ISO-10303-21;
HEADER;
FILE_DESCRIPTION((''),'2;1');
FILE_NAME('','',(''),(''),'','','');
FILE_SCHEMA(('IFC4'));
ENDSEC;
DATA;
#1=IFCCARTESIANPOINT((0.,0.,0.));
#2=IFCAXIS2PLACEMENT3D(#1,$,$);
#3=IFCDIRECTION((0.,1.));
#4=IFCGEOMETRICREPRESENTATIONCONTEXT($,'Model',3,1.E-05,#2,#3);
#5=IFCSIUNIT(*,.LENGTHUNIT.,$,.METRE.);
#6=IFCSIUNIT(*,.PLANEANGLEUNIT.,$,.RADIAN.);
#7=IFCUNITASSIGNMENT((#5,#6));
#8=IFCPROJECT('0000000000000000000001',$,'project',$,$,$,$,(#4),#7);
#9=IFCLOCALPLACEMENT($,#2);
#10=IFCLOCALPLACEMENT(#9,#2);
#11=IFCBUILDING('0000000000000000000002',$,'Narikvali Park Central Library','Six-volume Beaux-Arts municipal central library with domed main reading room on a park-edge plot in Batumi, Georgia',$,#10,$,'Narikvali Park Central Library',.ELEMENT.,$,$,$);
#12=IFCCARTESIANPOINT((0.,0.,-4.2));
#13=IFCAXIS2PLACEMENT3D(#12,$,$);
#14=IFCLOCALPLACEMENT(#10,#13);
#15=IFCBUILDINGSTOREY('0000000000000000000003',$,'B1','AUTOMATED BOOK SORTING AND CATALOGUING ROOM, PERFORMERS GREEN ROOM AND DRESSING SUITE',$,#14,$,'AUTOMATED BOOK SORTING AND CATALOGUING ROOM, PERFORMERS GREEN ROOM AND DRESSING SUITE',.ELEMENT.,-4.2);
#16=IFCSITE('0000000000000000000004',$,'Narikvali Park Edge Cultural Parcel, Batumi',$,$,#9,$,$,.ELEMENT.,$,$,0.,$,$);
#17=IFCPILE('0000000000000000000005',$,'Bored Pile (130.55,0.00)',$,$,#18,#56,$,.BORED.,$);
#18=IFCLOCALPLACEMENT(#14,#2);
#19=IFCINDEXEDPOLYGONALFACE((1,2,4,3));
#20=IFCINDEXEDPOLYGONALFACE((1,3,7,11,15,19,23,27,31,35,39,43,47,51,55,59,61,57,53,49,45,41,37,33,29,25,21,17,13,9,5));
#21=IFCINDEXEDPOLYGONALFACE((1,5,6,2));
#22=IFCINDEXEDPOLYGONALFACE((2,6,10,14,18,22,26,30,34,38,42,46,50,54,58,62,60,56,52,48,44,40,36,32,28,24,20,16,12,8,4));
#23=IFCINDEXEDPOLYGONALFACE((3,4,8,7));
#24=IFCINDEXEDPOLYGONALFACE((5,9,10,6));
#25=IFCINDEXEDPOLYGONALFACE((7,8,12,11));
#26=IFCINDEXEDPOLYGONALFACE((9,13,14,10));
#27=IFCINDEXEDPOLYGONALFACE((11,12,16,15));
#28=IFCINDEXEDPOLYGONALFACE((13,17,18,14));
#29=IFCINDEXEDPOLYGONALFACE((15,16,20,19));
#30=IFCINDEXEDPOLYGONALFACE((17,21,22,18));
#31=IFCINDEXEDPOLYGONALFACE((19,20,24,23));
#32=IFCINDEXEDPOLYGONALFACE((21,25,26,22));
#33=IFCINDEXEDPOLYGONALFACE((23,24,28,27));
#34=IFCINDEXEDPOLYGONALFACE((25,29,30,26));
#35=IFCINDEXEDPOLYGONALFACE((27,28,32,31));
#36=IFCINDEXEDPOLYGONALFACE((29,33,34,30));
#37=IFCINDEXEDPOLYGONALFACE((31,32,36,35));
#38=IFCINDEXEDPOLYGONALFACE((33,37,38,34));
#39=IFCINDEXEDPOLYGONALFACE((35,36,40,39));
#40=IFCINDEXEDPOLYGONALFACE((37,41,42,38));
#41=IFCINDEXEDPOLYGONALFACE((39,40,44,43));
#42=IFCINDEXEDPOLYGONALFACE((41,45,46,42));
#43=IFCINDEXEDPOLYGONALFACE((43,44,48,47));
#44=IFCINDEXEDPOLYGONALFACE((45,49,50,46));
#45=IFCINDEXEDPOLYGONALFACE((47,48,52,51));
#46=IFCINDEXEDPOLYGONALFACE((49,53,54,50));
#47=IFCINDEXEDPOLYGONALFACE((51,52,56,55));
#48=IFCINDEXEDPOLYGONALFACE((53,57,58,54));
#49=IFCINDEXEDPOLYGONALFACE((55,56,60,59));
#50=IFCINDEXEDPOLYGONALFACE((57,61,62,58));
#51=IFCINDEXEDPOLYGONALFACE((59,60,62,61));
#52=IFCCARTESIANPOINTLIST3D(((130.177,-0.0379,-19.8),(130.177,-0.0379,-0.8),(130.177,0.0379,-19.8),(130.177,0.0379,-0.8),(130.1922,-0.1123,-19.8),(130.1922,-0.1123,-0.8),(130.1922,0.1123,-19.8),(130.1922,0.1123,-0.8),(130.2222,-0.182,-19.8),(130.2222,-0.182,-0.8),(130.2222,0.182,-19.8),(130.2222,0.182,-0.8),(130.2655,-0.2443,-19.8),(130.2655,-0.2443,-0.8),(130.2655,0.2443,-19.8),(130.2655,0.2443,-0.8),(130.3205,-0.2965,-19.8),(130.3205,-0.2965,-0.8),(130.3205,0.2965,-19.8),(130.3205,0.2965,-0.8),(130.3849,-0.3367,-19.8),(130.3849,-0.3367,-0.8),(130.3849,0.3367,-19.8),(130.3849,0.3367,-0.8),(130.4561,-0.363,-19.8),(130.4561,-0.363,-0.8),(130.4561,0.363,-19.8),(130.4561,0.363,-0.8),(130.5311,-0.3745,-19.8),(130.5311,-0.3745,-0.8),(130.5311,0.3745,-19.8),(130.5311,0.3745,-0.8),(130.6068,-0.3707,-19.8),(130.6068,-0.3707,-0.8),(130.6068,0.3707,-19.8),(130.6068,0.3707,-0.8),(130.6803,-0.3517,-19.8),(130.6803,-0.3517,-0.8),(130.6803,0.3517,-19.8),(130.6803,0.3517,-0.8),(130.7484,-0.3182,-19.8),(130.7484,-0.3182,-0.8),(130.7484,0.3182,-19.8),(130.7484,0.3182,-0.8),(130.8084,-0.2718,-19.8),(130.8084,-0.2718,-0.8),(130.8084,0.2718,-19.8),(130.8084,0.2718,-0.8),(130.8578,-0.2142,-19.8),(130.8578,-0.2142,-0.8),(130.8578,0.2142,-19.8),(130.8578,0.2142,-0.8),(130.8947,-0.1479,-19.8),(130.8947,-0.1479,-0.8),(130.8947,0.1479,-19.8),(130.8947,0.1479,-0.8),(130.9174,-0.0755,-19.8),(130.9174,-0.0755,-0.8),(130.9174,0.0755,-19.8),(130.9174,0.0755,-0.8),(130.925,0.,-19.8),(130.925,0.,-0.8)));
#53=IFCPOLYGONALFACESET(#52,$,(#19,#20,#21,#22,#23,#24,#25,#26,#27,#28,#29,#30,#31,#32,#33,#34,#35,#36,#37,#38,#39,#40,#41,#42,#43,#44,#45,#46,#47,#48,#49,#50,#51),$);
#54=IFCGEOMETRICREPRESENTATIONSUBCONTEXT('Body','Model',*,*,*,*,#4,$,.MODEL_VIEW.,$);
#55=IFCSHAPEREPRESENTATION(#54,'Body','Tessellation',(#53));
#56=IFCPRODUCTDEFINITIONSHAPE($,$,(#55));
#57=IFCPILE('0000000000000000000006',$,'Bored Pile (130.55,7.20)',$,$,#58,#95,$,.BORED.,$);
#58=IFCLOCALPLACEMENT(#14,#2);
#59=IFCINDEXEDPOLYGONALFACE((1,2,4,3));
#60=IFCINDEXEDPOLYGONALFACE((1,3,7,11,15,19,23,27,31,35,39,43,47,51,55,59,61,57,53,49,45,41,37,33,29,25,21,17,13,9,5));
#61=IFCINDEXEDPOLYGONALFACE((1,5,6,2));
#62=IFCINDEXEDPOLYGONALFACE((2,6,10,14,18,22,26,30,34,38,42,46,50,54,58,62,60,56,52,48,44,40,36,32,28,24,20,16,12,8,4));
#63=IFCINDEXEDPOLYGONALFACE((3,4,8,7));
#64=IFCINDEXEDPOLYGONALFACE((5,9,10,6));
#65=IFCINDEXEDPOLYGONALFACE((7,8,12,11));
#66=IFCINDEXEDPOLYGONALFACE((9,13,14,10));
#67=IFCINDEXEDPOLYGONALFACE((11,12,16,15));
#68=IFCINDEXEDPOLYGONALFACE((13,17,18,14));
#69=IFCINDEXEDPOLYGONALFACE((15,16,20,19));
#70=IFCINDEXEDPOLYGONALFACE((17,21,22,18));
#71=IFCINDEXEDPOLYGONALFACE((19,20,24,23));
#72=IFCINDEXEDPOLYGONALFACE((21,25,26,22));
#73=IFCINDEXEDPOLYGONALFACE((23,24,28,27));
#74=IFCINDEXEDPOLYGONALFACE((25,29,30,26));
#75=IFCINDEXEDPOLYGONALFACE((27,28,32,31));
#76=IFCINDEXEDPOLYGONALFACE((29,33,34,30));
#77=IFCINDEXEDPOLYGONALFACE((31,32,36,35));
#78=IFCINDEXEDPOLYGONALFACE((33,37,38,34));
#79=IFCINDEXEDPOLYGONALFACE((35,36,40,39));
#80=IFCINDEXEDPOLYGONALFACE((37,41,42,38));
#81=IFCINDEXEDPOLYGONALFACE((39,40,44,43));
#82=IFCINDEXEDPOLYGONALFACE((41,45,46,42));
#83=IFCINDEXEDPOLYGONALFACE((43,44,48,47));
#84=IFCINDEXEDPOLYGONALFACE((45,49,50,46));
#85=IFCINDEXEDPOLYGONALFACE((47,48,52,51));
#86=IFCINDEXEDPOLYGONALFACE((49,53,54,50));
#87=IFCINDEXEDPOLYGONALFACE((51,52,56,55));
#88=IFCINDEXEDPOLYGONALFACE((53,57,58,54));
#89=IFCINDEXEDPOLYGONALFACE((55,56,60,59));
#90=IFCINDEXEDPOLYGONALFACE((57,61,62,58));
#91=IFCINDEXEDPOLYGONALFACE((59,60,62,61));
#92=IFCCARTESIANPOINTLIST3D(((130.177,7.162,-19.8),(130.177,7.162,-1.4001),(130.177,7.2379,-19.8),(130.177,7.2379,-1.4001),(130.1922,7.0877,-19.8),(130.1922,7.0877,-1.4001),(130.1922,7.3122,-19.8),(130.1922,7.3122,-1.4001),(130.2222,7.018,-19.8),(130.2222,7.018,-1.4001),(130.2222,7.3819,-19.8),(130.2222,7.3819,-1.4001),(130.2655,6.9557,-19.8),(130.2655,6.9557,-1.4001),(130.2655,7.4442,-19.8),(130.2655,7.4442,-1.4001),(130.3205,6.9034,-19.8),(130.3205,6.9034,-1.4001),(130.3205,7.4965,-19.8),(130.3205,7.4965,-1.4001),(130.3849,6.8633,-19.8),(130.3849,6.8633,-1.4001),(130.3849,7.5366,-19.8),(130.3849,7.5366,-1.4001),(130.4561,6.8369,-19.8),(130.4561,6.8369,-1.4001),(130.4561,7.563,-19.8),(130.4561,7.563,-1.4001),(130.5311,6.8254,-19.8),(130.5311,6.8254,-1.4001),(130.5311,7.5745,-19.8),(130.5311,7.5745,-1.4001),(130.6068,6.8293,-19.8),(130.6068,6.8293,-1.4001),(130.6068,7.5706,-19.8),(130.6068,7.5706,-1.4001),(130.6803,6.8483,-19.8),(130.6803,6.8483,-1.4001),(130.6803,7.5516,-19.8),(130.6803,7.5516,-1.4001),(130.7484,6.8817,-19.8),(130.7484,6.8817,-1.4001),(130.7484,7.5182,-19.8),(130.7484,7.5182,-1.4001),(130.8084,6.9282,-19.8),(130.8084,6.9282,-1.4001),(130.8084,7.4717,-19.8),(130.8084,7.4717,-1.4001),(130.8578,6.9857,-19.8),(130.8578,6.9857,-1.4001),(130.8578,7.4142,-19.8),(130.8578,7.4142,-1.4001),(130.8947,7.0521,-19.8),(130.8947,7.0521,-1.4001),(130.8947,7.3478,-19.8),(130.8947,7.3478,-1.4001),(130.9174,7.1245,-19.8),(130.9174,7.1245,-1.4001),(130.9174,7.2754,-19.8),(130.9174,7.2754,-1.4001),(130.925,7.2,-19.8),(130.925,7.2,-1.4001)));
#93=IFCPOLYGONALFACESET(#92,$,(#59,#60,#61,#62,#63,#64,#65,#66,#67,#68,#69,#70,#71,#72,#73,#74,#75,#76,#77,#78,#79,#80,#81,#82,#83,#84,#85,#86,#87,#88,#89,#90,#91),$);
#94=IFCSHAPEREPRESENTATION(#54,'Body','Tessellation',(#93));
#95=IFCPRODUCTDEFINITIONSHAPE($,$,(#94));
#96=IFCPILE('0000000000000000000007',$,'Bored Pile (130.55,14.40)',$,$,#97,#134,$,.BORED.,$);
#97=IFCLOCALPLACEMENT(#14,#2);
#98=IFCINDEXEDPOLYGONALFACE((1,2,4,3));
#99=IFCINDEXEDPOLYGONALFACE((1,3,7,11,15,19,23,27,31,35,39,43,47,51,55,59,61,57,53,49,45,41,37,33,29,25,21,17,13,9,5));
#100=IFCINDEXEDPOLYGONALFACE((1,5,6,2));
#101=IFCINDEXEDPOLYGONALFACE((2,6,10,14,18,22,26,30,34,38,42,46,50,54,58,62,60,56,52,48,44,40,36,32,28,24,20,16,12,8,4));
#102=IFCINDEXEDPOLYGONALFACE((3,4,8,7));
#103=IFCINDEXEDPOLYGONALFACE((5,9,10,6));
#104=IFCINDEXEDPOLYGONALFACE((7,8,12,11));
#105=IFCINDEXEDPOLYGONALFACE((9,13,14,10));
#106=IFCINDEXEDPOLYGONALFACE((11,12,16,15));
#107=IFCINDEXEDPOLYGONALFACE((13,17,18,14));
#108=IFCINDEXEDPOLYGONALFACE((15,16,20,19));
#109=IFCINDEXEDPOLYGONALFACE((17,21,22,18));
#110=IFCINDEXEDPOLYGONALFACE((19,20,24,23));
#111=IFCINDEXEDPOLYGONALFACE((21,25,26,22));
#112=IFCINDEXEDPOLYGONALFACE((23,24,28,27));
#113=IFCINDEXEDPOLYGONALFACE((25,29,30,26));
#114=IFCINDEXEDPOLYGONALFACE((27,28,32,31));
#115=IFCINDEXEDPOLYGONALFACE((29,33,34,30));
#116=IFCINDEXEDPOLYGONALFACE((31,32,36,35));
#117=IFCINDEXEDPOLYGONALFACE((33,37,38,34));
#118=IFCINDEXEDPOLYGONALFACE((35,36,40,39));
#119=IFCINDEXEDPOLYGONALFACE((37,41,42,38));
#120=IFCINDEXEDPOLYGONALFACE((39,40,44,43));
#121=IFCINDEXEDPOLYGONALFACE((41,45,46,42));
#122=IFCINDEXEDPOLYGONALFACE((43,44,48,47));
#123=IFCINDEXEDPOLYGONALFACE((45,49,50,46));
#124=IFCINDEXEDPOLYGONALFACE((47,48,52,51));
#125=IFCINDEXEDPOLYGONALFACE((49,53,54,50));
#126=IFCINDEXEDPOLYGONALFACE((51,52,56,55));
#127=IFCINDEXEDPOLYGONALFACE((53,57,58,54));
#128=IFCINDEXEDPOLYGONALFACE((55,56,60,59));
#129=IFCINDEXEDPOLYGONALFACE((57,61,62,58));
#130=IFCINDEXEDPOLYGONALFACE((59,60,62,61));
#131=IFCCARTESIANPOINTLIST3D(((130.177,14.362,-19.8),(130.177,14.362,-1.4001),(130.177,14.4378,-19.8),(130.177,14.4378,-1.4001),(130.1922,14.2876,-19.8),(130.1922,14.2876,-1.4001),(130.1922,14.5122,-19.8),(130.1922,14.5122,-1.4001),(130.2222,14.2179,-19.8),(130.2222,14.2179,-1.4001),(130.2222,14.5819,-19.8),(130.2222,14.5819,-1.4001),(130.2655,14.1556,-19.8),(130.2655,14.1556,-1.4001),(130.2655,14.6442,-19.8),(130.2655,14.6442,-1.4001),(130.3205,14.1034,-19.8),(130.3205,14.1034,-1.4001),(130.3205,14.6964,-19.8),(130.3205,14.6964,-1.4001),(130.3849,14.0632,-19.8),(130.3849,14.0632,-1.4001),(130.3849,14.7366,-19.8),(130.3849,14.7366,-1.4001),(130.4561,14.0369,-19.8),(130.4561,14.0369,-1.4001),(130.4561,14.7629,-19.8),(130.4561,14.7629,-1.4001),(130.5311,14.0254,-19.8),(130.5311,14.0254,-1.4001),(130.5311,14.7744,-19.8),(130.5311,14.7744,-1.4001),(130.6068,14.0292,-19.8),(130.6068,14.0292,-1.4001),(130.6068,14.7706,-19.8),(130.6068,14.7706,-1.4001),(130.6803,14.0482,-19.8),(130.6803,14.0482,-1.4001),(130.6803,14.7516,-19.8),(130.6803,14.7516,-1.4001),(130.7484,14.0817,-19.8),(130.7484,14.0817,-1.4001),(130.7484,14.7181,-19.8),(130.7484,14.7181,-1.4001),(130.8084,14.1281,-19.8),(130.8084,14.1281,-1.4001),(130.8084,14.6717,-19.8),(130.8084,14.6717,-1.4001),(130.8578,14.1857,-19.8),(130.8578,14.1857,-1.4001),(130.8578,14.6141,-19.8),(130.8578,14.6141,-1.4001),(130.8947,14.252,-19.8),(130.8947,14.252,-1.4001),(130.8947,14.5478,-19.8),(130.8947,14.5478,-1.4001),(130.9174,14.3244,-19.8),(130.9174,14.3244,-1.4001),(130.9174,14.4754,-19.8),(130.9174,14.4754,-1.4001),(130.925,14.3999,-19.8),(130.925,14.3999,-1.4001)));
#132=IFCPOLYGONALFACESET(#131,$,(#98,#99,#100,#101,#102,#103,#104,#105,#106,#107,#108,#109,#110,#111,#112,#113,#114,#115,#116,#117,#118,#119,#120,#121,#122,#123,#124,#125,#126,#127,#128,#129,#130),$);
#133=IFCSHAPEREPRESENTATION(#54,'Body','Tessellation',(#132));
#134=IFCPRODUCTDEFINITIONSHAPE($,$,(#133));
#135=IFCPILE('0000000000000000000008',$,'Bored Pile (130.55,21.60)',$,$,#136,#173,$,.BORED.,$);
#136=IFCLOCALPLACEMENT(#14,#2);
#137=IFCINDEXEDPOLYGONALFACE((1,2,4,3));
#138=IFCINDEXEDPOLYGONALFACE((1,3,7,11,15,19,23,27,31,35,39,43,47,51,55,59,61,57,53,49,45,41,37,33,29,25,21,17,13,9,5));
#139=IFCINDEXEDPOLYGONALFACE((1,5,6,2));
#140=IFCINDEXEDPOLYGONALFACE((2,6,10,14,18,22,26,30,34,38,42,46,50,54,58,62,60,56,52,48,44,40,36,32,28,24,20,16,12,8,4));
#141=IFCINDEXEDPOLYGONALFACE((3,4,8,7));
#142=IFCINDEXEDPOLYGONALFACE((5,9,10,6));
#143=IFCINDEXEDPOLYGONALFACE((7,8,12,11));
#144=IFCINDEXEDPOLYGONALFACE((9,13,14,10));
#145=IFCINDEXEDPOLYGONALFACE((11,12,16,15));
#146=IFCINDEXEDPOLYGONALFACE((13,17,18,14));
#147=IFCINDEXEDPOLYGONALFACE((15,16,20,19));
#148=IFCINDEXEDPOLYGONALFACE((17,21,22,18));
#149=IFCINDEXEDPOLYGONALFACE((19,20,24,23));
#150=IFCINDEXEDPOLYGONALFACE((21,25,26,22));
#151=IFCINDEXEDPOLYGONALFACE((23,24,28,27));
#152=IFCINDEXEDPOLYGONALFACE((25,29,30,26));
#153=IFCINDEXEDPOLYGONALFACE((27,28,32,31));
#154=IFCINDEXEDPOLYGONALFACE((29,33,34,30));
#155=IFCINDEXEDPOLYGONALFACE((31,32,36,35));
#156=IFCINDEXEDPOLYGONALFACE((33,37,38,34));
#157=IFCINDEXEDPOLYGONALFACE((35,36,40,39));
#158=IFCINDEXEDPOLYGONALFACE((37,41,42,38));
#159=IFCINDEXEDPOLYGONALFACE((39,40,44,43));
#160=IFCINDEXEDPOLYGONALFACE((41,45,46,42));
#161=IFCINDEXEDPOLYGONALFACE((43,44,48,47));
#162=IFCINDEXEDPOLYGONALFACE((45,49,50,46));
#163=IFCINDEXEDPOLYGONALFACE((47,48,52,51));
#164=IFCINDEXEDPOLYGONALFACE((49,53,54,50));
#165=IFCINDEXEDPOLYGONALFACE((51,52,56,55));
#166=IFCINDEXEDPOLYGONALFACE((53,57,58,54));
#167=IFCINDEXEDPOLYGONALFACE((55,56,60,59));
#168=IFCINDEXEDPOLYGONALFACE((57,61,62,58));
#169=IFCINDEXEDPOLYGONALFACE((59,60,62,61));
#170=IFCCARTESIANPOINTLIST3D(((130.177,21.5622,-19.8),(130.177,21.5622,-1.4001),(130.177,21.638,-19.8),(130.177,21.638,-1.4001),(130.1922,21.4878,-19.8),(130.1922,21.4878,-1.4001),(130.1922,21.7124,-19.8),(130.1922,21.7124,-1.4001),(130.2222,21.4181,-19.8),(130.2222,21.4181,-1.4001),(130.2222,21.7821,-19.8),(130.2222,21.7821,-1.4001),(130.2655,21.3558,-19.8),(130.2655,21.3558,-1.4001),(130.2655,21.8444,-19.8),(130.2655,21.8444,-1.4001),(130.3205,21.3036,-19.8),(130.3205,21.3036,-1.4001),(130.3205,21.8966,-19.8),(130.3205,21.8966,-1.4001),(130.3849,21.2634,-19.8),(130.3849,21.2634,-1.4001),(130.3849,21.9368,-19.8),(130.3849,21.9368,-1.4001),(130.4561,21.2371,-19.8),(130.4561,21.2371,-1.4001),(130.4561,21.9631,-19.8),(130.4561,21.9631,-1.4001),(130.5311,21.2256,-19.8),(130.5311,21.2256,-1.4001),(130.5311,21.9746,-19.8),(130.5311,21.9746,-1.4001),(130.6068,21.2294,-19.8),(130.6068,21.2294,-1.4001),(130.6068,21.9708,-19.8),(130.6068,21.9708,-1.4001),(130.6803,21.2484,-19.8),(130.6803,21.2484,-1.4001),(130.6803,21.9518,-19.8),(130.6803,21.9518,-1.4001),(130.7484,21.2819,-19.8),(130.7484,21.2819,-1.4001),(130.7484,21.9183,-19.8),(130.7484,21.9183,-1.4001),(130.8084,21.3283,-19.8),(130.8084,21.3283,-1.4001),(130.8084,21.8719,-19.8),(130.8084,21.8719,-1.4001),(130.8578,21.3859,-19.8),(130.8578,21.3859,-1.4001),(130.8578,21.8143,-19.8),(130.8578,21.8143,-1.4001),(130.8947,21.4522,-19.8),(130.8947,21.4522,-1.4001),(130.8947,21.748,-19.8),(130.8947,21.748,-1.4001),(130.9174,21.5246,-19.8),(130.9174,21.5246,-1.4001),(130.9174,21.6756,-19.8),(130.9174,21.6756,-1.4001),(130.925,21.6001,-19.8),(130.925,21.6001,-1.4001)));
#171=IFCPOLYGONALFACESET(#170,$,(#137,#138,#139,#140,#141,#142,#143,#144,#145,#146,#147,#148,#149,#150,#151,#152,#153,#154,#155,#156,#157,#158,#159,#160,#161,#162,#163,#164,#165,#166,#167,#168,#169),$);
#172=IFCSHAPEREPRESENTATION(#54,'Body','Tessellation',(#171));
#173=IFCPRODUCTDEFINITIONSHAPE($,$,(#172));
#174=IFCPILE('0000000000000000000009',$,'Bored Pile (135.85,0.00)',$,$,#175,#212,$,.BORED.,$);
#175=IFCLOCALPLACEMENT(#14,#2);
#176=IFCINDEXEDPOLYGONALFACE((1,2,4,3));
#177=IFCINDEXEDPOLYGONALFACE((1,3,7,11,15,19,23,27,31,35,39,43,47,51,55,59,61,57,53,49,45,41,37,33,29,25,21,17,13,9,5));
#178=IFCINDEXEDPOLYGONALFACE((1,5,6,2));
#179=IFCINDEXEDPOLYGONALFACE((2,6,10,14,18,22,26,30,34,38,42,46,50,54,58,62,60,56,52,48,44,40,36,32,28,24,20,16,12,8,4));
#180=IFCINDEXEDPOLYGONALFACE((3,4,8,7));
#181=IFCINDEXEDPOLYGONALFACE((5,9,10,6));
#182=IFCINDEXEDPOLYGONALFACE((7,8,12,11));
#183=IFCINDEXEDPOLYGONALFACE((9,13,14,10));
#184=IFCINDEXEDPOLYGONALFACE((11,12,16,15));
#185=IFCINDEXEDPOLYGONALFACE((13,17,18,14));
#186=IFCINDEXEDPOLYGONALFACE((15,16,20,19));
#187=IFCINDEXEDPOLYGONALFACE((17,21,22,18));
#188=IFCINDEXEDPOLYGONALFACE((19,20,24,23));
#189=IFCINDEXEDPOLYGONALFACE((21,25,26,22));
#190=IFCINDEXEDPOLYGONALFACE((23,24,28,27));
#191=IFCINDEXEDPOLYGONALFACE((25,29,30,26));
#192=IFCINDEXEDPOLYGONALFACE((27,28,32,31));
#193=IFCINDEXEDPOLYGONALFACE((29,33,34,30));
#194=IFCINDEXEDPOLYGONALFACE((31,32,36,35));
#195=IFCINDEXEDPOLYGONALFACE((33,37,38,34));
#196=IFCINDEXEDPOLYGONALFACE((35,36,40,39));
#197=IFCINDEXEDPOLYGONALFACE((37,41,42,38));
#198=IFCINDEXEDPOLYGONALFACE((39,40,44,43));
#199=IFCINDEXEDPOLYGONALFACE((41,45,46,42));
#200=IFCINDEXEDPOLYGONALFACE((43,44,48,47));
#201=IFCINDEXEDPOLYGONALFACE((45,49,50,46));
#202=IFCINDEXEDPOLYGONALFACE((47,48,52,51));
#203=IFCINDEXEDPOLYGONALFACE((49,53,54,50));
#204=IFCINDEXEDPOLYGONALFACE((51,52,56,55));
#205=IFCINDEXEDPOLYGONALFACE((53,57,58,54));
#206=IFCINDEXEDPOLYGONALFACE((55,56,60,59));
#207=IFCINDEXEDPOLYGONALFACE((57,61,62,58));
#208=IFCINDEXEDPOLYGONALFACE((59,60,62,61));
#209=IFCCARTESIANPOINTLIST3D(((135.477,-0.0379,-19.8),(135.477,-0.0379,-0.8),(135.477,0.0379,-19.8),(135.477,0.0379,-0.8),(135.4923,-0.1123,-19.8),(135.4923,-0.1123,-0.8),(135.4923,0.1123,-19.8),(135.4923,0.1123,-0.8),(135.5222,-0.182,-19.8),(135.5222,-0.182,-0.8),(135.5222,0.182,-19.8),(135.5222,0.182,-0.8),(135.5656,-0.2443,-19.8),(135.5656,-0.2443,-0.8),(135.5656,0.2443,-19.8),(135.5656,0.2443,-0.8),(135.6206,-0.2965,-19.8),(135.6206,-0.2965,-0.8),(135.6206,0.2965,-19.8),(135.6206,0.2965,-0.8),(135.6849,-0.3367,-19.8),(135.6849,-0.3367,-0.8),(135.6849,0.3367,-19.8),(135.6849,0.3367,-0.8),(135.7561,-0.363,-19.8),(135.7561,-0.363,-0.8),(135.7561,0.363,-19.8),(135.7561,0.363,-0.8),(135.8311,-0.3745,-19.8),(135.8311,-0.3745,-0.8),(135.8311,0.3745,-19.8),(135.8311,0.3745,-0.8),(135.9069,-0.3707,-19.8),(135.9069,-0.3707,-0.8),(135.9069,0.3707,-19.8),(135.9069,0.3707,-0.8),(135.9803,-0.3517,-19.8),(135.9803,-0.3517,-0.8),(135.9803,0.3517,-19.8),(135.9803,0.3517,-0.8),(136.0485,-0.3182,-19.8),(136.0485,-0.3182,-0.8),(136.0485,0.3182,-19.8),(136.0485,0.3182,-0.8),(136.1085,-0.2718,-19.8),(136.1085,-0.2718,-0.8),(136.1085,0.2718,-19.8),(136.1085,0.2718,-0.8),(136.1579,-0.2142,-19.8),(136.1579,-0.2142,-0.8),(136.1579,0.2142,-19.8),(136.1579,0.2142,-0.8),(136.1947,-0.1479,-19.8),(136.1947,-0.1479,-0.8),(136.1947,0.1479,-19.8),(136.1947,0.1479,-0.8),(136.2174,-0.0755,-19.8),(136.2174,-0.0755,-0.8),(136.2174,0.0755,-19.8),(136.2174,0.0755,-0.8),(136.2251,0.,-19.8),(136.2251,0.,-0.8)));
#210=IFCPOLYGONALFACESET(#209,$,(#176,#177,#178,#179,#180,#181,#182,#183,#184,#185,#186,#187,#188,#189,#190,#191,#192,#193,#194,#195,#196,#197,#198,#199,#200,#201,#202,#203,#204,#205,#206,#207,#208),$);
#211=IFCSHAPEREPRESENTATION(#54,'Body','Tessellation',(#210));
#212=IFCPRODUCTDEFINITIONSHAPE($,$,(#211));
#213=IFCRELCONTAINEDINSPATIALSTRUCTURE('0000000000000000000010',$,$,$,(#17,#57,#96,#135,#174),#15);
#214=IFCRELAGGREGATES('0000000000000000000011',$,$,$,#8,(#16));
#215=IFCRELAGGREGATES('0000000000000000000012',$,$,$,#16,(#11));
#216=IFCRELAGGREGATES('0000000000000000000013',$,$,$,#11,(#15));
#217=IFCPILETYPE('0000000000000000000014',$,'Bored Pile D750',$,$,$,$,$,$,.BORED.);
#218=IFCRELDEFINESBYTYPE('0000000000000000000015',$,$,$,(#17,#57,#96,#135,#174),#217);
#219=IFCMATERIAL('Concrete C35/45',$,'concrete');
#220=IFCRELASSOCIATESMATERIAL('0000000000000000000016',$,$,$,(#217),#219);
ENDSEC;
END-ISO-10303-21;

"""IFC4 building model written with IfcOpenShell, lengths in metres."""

from ifc_helpers import new_model, si_unit, direction, frame, origin, origin_2d, place, context, subcontext, project, spatial, circle, extrude, material, material_profile, profile_set, type_object, element, save


model = new_model("IFC4")

# Units and contexts
model_context = context("Model", 3, precision=1e-05, world=origin(), true_north=direction((0.0, 1.0)))
body_context = subcontext(model_context, "Body", "Model", "MODEL_VIEW")
ifc_project = project(units=[si_unit("LENGTHUNIT", "METRE"), si_unit("PLANEANGLEUNIT", "RADIAN")], contexts=[model_context])

# Site, building, storey
site_placement = place(None, origin())
site = spatial("IfcSite", under=ifc_project, at=site_placement, Name="Narikvali Park Edge Cultural Parcel, Batumi", CompositionType="ELEMENT", RefElevation=0.0)
building_placement = place(site_placement, origin())
building = spatial("IfcBuilding", under=site, at=building_placement, Name="Narikvali Park Central Library", Description="Six-volume Beaux-Arts municipal central library with domed main reading room on a park-edge plot in Batumi, Georgia", LongName="Narikvali Park Central Library", CompositionType="ELEMENT")
storey_placement = place(building_placement, frame((0.0, 0.0, -4.2)))
storey = spatial("IfcBuildingStorey", under=building, at=storey_placement, Name="B1", Description="AUTOMATED BOOK SORTING AND CATALOGUING ROOM, PERFORMERS GREEN ROOM AND DRESSING SUITE", LongName="AUTOMATED BOOK SORTING AND CATALOGUING ROOM, PERFORMERS GREEN ROOM AND DRESSING SUITE", CompositionType="ELEMENT", Elevation=-4.2)

# Piles
ifc_material_1 = material(Name="Concrete C35/45", Category="concrete")
ifc_material_profile_1 = material_profile(ifc_material_1, circle(Radius=0.375, at=origin_2d()), Name="PILE D750")
ifc_profile_set_1 = profile_set([ifc_material_profile_1], Name="Concrete C35/45")
pile_type = type_object("IfcPileType", Name="Bored Pile D750", PredefinedType="BORED", material=ifc_profile_set_1)
pile_1_placement = place(storey_placement, frame((130.55, 0.0, -0.8), z_axis=(0.0, 0.0, -1.0), x_axis=(1.0, 0.0, 0.0)))
element("IfcPile", 1, at=pile_1_placement, inside=storey, type_object=pile_type, Name="Bored Pile (130.55,0.00)", PredefinedType="BORED", context=body_context, shape_type="SweptSolid", body=[
    extrude(circle(Radius=0.375, at=origin_2d()), origin(), (0.0, 0.0, 1.0), 19.0),
])
for number, where, z_axis, x_axis, name in (
    (2, (130.55, 7.2, -1.4001), (0.0, 0.0, -1.0), (1.0, 0.0, 0.0), "Bored Pile (130.55,7.20)"),
    (3, (130.55, 14.3999, -1.4001), (0.0, 0.0, -1.0), (1.0, 0.0, 0.0), "Bored Pile (130.55,14.40)"),
    (4, (130.55, 21.6001, -1.4001), (0.0, 0.0, -1.0), (1.0, 0.0, 0.0), "Bored Pile (130.55,21.60)"),
):
    element("IfcPile", number, at=place(storey_placement, frame(where, z_axis=z_axis, x_axis=x_axis)), inside=storey, type_object=pile_type, Name=name, PredefinedType="BORED", context=body_context, shape_type="SweptSolid", body=[
        extrude(circle(Radius=0.375, at=origin_2d()), origin(), (0.0, 0.0, 1.0), 18.3999),
    ])
for number, where, z_axis, x_axis, name in (
    (5, (135.8501, 0.0, -0.8), (0.0, 0.0, -1.0), (1.0, 0.0, 0.0), "Bored Pile (135.85,0.00)"),
):
    element("IfcPile", number, at=place(storey_placement, frame(where, z_axis=z_axis, x_axis=x_axis)), inside=storey, type_object=pile_type, Name=name, PredefinedType="BORED", context=body_context, shape_type="SweptSolid", body=[
        extrude(circle(Radius=0.375, at=origin_2d()), origin(), (0.0, 0.0, 1.0), 19.0),
    ])

save(model, "model.ifc")
